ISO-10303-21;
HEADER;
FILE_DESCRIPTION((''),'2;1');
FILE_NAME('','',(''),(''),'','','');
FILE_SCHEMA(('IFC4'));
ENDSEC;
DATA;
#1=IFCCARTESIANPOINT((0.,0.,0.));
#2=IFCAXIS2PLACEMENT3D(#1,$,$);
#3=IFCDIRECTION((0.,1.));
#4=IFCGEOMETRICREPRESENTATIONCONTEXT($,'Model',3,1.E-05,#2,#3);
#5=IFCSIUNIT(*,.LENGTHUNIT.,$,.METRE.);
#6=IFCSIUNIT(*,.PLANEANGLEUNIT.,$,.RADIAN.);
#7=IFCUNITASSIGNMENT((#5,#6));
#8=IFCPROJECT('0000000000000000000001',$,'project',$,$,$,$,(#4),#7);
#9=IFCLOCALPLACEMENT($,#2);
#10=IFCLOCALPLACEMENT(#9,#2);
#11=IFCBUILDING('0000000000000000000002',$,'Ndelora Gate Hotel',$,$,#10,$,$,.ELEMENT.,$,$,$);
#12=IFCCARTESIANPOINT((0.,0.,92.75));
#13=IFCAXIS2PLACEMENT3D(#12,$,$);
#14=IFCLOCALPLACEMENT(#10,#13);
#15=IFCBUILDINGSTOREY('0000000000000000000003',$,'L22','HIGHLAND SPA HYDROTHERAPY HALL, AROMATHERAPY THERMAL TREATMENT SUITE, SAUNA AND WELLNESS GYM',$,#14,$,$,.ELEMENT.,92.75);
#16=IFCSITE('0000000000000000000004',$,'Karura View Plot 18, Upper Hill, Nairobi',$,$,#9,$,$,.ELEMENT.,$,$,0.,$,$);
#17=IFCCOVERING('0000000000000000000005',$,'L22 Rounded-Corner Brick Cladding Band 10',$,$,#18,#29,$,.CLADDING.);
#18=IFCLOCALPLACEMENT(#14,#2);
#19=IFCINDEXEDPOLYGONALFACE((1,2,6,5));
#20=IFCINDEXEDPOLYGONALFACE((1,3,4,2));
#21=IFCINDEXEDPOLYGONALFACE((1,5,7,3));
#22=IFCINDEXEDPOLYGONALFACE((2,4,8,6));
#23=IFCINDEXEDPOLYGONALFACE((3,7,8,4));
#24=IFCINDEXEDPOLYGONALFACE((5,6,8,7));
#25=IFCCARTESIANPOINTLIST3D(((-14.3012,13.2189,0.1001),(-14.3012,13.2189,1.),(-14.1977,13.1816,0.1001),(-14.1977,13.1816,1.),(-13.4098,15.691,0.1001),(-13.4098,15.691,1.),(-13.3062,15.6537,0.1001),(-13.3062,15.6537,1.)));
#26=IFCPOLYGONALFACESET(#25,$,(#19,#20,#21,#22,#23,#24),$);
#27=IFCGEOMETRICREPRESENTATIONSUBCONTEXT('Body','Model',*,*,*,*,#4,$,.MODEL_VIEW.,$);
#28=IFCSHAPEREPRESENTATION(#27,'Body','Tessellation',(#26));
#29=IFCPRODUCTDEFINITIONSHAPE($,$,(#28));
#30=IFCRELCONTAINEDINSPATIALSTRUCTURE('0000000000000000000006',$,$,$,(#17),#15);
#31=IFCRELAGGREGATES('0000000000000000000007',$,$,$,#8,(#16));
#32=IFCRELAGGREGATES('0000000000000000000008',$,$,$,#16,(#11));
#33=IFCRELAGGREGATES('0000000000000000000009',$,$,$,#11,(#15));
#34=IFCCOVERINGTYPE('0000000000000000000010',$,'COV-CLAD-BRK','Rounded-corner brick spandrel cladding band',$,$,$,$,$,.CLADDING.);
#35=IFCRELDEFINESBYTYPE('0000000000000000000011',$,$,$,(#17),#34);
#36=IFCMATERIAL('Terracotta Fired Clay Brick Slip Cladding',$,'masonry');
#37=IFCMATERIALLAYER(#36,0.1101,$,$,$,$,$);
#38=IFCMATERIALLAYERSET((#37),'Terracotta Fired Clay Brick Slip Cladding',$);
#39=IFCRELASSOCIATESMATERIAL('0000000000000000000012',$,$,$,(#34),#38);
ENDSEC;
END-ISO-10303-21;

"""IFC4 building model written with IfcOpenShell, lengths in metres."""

from ifc_helpers import new_model, si_unit, direction, frame, origin, origin_2d, place, context, subcontext, project, spatial, rectangle, extrude, material, layer, layer_set, type_object, element, save


model = new_model("IFC4")

# Units and contexts
model_context = context("Model", 3, precision=1e-05, world=origin(), true_north=direction((0.0, 1.0)))
body_context = subcontext(model_context, "Body", "Model", "MODEL_VIEW")
ifc_project = project(units=[si_unit("LENGTHUNIT", "METRE"), si_unit("PLANEANGLEUNIT", "RADIAN")], contexts=[model_context])

# Site, building, storey
site_placement = place(None, origin())
site = spatial("IfcSite", under=ifc_project, at=site_placement, Name="Karura View Plot 18, Upper Hill, Nairobi", CompositionType="ELEMENT", RefElevation=0.0)
building_placement = place(site_placement, origin())
building = spatial("IfcBuilding", under=site, at=building_placement, Name="Ndelora Gate Hotel", CompositionType="ELEMENT")
storey_placement = place(building_placement, frame((0.0, 0.0, 92.75)))
storey = spatial("IfcBuildingStorey", under=building, at=storey_placement, Name="L22", Description="HIGHLAND SPA HYDROTHERAPY HALL, AROMATHERAPY THERMAL TREATMENT SUITE, SAUNA AND WELLNESS GYM", CompositionType="ELEMENT", Elevation=92.75)

# Covering
ifc_material_1 = material(Name="Terracotta Fired Clay Brick Slip Cladding", Category="masonry")
ifc_layer_1 = layer(ifc_material_1, 0.1101)
ifc_layer_set_1 = layer_set([ifc_layer_1], Name="Terracotta Fired Clay Brick Slip Cladding")
covering_type = type_object("IfcCoveringType", Name="COV-CLAD-BRK", Description="Rounded-corner brick spandrel cladding band", PredefinedType="CLADDING", material=ifc_layer_set_1)
covering_placement = place(storey_placement, frame((-13.8037, 14.4363, 0.1001), z_axis=(0.0, 0.0, 1.0), x_axis=(0.339231, 0.940703, 0.0)))
element("IfcCovering", 1, at=covering_placement, inside=storey, type_object=covering_type, Name="L22 Rounded-Corner Brick Cladding Band 10", PredefinedType="CLADDING", context=body_context, shape_type="SweptSolid", body=[
    extrude(rectangle(XDim=2.6279, YDim=0.1101, at=origin_2d()), origin(), (0.0, 0.0, 1.0), 0.8999),
])

save(model, "model.ifc")
